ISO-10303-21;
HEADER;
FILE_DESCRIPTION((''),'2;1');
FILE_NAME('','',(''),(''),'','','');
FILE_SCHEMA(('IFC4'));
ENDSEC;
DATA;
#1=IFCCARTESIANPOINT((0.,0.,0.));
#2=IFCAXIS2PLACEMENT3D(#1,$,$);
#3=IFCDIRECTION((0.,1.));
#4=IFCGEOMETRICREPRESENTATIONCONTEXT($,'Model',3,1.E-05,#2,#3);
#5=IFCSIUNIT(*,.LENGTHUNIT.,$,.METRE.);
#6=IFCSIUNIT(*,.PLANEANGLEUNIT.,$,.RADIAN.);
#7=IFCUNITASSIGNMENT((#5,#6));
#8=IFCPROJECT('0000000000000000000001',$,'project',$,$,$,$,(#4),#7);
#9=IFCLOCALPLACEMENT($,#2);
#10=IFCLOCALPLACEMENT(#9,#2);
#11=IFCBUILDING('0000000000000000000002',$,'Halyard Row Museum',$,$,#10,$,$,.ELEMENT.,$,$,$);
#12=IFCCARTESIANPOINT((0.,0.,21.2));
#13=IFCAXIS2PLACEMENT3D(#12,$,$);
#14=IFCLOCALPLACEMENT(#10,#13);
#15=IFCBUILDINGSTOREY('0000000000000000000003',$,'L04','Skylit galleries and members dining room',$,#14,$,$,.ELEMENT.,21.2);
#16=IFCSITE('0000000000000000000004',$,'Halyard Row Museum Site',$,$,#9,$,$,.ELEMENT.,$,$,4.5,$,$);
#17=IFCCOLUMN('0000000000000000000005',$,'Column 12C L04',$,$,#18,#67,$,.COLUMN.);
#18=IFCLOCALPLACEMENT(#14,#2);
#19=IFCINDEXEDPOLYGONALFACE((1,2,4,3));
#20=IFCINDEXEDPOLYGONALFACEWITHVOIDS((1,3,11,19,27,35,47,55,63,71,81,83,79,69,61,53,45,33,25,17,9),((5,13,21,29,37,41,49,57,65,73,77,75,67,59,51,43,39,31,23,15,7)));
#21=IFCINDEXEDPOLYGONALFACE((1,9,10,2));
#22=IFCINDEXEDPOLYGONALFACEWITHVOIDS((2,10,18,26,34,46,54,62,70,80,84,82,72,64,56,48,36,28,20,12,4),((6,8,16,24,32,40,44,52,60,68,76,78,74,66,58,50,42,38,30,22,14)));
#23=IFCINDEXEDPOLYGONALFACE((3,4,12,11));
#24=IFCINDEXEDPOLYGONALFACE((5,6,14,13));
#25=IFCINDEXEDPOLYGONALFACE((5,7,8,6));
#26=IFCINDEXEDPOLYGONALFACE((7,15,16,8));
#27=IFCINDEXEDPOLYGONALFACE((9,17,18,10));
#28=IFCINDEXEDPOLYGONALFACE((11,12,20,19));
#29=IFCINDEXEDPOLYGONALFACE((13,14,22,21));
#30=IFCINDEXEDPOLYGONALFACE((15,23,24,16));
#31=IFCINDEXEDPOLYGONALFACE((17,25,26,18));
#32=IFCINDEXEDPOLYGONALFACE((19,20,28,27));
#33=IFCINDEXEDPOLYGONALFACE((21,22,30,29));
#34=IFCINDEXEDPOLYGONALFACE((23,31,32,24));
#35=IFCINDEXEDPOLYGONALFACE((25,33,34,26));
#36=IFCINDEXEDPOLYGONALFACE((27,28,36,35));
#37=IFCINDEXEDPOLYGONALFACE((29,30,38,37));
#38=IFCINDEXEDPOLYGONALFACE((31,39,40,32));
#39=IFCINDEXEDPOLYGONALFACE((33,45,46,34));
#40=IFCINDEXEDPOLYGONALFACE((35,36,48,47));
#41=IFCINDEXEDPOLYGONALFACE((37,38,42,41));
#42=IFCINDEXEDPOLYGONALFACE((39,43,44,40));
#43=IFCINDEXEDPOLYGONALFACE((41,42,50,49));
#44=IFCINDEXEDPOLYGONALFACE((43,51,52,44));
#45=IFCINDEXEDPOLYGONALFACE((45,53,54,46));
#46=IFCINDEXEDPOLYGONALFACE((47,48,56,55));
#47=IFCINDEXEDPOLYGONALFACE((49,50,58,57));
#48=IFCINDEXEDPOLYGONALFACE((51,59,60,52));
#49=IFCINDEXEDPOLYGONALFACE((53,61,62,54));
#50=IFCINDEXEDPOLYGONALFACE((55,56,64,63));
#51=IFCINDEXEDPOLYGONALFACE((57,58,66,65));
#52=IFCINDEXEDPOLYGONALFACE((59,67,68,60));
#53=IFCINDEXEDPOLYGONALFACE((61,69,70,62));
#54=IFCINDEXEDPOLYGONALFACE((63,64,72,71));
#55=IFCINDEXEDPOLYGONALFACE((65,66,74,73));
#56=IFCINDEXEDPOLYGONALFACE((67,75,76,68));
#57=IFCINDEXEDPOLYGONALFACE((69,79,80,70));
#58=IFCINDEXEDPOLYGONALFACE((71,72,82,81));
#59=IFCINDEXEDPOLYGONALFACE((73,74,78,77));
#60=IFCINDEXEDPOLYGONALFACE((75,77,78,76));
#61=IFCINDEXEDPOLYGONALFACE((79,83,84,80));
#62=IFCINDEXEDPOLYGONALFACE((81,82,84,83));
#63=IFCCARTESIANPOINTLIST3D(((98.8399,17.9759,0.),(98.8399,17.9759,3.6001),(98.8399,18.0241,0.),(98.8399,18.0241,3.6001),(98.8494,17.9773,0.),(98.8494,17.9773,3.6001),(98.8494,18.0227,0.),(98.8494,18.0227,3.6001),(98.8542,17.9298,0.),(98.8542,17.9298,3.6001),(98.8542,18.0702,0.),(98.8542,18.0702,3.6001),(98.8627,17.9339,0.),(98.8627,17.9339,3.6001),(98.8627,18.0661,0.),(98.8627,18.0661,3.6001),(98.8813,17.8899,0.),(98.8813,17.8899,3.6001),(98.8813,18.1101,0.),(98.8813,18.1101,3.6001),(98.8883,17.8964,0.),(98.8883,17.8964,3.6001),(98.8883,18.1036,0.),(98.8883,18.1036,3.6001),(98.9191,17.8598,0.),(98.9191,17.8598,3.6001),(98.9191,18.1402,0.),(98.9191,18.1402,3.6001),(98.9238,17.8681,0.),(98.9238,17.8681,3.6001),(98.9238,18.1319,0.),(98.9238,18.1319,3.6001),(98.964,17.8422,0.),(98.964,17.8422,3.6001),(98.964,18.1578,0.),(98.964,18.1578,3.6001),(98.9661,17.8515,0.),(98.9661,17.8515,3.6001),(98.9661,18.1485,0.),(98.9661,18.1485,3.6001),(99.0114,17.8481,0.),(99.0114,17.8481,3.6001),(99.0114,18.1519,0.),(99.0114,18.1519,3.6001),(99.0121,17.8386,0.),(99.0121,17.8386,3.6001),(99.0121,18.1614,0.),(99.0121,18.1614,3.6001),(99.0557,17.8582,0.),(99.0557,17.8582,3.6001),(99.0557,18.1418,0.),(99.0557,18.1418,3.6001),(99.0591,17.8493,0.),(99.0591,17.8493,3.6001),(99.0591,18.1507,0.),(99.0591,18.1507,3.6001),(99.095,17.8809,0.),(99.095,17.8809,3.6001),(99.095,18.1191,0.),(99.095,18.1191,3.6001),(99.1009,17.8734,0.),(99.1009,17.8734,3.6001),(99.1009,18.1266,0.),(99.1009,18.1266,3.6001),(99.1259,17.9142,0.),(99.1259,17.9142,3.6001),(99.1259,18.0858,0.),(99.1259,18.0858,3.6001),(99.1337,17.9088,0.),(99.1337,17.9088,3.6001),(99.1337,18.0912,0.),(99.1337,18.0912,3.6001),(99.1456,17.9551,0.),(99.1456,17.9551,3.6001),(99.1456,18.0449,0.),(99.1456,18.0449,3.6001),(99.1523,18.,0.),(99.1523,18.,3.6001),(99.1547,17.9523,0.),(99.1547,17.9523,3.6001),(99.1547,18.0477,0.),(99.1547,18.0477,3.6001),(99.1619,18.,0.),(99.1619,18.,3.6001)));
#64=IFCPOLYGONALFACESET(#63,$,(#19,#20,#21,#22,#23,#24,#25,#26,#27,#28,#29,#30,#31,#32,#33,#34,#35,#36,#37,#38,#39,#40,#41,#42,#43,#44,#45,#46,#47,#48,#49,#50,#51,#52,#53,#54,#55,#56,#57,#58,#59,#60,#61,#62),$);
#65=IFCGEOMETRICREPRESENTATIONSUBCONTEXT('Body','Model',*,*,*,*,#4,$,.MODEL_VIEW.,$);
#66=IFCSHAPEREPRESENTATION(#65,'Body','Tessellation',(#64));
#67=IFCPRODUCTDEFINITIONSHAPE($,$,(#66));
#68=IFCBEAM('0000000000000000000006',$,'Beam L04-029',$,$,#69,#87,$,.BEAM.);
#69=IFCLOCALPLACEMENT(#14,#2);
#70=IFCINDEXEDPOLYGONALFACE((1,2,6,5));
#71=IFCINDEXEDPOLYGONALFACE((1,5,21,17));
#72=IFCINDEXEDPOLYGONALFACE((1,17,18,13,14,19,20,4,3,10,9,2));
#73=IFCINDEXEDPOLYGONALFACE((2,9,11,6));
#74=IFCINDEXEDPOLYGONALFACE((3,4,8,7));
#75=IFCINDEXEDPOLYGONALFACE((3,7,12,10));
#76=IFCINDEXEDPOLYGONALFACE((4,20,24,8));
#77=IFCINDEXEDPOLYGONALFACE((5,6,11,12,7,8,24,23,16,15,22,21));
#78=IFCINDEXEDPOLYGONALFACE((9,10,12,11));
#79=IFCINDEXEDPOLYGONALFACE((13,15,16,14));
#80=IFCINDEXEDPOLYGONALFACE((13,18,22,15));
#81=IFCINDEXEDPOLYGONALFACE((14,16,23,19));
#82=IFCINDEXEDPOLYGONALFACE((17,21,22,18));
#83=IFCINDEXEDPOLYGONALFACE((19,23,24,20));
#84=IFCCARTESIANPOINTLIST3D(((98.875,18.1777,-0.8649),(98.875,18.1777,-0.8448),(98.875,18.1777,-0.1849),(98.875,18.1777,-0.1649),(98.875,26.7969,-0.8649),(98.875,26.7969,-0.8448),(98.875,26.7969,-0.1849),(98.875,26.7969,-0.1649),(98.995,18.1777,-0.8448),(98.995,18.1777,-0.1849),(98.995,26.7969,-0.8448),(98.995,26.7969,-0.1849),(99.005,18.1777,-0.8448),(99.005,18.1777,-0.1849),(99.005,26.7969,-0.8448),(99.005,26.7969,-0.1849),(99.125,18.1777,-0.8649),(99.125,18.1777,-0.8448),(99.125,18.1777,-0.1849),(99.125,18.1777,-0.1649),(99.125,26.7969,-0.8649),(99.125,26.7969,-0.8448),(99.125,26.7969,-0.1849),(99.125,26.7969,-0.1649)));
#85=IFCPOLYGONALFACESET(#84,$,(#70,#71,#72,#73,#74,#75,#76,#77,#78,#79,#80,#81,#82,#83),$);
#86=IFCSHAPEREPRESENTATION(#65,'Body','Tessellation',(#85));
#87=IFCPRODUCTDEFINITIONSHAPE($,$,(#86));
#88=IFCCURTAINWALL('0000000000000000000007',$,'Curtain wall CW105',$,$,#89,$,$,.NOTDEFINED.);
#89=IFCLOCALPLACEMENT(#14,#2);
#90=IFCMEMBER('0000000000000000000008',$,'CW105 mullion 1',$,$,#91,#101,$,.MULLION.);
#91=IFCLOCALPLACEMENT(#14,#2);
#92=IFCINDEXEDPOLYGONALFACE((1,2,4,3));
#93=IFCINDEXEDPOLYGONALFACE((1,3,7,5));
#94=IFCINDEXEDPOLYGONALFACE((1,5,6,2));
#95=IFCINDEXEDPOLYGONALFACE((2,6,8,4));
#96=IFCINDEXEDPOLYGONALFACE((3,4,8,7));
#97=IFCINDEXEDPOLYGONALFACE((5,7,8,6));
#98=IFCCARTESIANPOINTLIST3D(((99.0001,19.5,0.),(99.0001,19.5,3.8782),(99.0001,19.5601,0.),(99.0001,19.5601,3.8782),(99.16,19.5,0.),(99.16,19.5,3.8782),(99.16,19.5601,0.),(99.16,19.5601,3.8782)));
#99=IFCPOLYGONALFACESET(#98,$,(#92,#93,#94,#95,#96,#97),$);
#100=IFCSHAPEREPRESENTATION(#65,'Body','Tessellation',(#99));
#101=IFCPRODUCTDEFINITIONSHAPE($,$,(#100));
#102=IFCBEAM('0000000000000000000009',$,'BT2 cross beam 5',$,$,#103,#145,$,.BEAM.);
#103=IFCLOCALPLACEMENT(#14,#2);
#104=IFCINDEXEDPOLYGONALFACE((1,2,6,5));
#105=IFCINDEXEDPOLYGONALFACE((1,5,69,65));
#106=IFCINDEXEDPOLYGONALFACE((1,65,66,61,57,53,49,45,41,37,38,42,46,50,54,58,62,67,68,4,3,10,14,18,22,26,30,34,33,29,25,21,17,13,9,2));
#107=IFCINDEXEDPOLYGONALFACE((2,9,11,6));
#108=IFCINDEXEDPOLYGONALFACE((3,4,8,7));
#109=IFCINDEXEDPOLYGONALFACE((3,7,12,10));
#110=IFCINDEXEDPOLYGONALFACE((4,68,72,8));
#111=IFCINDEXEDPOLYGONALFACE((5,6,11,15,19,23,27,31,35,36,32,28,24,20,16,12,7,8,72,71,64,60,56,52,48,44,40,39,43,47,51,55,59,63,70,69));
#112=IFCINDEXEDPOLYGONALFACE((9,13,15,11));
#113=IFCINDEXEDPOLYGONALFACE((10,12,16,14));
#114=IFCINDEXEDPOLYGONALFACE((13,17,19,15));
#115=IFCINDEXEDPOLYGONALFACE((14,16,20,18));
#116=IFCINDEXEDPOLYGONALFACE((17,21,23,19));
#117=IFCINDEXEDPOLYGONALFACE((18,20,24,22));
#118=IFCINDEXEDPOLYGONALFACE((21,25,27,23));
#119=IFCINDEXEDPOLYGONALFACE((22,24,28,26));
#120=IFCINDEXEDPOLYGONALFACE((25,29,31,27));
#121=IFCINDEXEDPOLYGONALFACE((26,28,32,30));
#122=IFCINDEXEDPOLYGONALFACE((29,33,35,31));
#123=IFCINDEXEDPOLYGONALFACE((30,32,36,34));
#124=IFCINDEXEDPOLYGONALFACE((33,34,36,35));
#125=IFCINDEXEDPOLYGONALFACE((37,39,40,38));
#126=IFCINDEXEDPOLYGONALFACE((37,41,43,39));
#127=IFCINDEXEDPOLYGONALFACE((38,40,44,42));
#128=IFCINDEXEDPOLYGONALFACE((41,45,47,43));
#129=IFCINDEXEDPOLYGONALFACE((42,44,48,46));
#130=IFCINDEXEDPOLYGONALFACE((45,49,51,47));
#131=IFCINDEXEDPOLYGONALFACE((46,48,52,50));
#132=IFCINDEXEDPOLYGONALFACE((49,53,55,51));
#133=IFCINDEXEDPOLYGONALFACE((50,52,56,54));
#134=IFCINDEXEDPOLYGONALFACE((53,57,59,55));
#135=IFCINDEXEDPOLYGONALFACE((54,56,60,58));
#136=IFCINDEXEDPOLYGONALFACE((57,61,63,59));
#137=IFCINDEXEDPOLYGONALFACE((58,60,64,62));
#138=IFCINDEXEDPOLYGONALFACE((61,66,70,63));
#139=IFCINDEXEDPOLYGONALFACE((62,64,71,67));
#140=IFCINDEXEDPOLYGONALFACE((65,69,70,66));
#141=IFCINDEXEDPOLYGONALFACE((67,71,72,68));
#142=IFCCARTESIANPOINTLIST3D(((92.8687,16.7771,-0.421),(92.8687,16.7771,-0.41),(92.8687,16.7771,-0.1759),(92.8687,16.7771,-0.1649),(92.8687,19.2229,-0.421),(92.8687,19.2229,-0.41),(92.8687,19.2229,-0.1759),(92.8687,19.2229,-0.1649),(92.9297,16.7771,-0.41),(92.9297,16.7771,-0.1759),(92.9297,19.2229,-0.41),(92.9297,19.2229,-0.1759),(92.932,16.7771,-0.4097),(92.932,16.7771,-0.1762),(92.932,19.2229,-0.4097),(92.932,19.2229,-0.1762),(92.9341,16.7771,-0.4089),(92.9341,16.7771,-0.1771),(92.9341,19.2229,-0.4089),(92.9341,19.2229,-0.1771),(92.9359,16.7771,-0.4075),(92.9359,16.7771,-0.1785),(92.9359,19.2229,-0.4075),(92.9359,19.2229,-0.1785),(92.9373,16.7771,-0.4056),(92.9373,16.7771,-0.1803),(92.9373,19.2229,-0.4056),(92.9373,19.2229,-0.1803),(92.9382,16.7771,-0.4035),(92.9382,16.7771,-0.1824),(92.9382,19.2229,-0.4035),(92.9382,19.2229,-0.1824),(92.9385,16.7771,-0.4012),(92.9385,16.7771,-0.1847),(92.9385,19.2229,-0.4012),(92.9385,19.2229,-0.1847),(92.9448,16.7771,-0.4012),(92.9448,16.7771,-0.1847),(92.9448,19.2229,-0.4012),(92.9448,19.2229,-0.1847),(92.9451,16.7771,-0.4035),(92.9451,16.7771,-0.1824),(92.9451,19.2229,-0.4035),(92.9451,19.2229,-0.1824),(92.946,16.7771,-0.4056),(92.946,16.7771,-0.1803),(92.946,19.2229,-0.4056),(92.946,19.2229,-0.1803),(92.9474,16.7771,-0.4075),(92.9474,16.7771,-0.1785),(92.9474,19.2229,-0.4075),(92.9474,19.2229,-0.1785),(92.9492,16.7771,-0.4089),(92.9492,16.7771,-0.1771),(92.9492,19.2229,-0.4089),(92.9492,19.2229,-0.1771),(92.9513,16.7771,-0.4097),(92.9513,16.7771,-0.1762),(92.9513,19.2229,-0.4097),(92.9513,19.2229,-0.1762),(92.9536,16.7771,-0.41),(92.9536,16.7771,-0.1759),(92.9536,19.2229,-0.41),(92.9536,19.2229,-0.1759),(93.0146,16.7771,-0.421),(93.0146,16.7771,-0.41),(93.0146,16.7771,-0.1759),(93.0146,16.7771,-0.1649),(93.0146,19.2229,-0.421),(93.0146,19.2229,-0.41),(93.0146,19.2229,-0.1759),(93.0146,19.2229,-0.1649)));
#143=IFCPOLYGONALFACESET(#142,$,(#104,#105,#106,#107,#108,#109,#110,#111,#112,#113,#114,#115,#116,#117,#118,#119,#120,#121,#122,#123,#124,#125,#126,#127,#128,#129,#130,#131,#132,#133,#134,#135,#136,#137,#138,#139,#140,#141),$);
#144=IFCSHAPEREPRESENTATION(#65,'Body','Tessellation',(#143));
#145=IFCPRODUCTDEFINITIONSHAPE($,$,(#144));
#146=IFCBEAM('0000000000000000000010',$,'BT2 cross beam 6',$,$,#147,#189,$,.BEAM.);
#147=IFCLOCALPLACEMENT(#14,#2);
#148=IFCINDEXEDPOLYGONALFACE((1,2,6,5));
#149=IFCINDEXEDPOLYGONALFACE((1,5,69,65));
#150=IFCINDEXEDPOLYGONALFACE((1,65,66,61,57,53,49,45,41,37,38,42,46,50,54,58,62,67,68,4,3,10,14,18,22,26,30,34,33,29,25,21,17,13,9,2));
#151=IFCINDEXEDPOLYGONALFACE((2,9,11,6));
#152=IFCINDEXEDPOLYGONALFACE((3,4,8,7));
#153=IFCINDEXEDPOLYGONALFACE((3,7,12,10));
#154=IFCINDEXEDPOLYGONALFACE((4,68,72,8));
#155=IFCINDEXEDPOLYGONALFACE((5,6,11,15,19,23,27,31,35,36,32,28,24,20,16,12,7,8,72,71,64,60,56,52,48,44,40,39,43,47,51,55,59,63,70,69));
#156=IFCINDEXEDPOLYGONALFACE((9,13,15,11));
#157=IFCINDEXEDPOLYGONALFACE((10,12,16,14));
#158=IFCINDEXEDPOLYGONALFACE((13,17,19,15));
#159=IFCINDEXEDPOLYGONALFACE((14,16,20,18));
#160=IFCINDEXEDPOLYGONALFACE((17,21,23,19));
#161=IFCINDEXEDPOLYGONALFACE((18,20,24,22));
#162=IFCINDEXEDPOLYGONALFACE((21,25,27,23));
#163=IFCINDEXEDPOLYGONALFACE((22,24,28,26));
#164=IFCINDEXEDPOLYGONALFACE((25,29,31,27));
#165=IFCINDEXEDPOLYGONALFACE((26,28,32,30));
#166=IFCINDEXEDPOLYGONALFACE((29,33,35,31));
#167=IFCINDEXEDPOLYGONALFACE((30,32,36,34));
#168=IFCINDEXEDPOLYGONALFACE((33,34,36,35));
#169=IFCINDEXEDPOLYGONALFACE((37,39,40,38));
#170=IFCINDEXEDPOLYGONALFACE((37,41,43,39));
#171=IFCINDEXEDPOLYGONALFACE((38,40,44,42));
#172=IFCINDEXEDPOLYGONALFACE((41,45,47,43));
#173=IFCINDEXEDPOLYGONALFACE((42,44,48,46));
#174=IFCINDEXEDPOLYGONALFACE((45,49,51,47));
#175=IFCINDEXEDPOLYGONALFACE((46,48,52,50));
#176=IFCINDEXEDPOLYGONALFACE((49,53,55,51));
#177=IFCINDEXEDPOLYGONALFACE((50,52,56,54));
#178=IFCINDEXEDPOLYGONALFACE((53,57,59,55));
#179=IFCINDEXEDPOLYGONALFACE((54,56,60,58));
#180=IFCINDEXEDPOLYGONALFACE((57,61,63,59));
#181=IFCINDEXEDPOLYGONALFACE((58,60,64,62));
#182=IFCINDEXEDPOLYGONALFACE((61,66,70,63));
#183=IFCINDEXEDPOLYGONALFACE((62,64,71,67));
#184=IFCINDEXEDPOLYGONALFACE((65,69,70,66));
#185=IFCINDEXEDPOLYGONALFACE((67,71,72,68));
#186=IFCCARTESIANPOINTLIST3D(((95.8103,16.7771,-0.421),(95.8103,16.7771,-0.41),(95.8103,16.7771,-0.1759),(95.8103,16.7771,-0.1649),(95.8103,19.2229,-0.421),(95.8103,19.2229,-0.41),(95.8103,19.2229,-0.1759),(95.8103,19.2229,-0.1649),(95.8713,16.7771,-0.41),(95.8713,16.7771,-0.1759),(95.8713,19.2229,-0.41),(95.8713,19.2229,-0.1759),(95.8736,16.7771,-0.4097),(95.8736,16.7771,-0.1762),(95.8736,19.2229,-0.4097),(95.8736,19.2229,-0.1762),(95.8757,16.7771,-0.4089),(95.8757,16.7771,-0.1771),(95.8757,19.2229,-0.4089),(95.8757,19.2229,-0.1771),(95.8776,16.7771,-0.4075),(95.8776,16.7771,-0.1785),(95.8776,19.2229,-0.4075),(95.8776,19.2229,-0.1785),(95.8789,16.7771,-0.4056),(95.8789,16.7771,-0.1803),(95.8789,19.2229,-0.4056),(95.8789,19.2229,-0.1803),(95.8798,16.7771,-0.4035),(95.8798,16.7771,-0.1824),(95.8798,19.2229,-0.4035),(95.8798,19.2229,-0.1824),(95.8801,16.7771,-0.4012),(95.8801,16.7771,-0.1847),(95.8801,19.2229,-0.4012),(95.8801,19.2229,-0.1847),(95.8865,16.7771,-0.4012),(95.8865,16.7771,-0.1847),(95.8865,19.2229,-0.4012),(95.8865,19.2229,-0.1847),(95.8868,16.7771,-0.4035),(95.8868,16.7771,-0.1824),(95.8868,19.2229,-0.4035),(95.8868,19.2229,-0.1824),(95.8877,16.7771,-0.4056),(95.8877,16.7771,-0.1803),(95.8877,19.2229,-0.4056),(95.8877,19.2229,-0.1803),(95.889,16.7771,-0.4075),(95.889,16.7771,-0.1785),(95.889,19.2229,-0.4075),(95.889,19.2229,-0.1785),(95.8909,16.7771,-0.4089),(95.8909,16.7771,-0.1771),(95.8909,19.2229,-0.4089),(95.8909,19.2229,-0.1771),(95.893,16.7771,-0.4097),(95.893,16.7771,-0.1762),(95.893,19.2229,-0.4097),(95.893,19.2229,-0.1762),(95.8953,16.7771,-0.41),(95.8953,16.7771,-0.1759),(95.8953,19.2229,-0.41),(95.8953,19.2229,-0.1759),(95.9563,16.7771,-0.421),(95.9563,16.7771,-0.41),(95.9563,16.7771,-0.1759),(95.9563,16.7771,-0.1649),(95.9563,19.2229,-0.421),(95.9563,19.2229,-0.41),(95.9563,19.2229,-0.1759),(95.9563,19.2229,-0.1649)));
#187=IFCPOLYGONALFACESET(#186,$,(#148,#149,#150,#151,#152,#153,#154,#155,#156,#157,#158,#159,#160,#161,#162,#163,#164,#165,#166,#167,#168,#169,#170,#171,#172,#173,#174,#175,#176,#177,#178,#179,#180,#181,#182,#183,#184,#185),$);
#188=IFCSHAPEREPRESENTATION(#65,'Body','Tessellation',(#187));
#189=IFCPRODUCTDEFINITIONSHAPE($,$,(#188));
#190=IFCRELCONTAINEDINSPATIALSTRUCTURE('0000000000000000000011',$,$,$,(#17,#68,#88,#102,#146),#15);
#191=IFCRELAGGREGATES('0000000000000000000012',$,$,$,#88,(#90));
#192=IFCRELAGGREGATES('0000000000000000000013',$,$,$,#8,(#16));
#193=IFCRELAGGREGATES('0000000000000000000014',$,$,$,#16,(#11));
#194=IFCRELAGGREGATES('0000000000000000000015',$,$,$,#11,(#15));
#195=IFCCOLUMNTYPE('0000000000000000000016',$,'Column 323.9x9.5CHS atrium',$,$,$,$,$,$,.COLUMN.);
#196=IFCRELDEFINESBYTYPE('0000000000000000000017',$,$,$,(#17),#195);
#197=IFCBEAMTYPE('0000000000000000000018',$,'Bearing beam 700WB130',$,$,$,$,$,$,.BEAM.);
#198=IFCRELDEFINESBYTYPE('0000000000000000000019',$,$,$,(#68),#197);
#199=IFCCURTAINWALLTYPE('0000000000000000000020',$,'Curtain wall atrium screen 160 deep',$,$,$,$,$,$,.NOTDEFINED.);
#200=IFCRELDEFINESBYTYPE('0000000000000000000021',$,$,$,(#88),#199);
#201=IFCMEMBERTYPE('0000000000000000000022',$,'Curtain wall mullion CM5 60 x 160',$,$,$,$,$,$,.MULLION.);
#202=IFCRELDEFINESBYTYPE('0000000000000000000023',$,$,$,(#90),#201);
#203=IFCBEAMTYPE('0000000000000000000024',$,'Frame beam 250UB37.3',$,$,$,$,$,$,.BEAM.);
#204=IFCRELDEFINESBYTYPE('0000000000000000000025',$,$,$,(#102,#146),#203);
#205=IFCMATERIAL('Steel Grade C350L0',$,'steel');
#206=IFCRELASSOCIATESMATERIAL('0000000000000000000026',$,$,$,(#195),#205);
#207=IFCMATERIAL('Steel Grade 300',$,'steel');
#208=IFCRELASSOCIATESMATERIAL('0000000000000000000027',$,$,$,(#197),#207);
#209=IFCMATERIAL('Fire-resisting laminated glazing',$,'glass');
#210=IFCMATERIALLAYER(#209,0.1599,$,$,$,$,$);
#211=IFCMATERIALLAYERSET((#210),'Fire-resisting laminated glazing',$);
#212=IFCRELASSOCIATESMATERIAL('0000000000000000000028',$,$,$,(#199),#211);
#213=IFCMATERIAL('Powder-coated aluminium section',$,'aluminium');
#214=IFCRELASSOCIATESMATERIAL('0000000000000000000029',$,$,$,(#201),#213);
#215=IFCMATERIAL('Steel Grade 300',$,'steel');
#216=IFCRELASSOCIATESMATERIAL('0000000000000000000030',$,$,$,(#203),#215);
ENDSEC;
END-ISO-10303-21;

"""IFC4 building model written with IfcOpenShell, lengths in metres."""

from ifc_helpers import new_model, si_unit, direction, frame, origin, origin_2d, place, context, subcontext, project, spatial, rectangle, hollow_circle, i_section, extrude, material, layer, layer_set, material_profile, profile_set, type_object, element, aggregate, save


model = new_model("IFC4")

# Units and contexts
model_context = context("Model", 3, precision=1e-05, world=origin(), true_north=direction((0.0, 1.0)))
body_context = subcontext(model_context, "Body", "Model", "MODEL_VIEW")
ifc_project = project(units=[si_unit("LENGTHUNIT", "METRE"), si_unit("PLANEANGLEUNIT", "RADIAN")], contexts=[model_context])

# Site, building, storey
site_placement = place(None, origin())
site = spatial("IfcSite", under=ifc_project, at=site_placement, Name="Halyard Row Museum Site", CompositionType="ELEMENT", RefElevation=4.5)
building_placement = place(site_placement, origin())
building = spatial("IfcBuilding", under=site, at=building_placement, Name="Halyard Row Museum", CompositionType="ELEMENT")
storey_placement = place(building_placement, frame((0.0, 0.0, 21.2)))
storey = spatial("IfcBuildingStorey", under=building, at=storey_placement, Name="L04", Description="Skylit galleries and members dining room", CompositionType="ELEMENT", Elevation=21.2)

# Column
ifc_material_1 = material(Name="Steel Grade C350L0", Category="steel")
ifc_material_profile_1 = material_profile(ifc_material_1, hollow_circle(Radius=0.1619, WallThickness=0.0095, at=origin_2d()), Name="323.9x9.5CHS")
ifc_profile_set_1 = profile_set([ifc_material_profile_1], Name="Steel Grade C350L0")
column_type = type_object("IfcColumnType", Name="Column 323.9x9.5CHS atrium", PredefinedType="COLUMN", material=ifc_profile_set_1)
column_placement = place(storey_placement, frame((99.0, 18.0, 0.0), z_axis=(0.0, 0.0, 1.0), x_axis=(1.0, 0.0, 0.0)))
element("IfcColumn", 1, at=column_placement, inside=storey, type_object=column_type, Name="Column 12C L04", PredefinedType="COLUMN", context=body_context, shape_type="SweptSolid", body=[
    extrude(hollow_circle(Radius=0.1619, WallThickness=0.0095, at=origin_2d()), origin(), (0.0, 0.0, 1.0), 3.6001),
])

# Beam
ifc_material_2 = material(Name="Steel Grade 300", Category="steel")
ifc_material_profile_2 = material_profile(ifc_material_2, i_section(OverallWidth=0.25, OverallDepth=0.7, WebThickness=0.01, FlangeThickness=0.02, at=origin_2d()), Name="700WB130")
ifc_profile_set_2 = profile_set([ifc_material_profile_2], Name="Steel Grade 300")
beam_type_1 = type_object("IfcBeamType", Name="Bearing beam 700WB130", PredefinedType="BEAM", material=ifc_profile_set_2)
beam_1_placement = place(storey_placement, frame((99.0, 18.1777, -0.5149), z_axis=(0.0, 1.0, 0.0), x_axis=(-1.0, 0.0, 0.0)))
element("IfcBeam", 2, at=beam_1_placement, inside=storey, type_object=beam_type_1, Name="Beam L04-029", PredefinedType="BEAM", context=body_context, shape_type="SweptSolid", body=[
    extrude(i_section(OverallWidth=0.25, OverallDepth=0.7, WebThickness=0.01, FlangeThickness=0.02, at=origin_2d()), origin(), (0.0, 0.0, 1.0), 8.6191),
])

# Curtain wall, member
ifc_material_3 = material(Name="Fire-resisting laminated glazing", Category="glass")
ifc_layer_1 = layer(ifc_material_3, 0.1599)
ifc_layer_set_1 = layer_set([ifc_layer_1], Name="Fire-resisting laminated glazing")
curtain_wall_type = type_object("IfcCurtainWallType", Name="Curtain wall atrium screen 160 deep", PredefinedType="NOTDEFINED", material=ifc_layer_set_1)
curtain_wall_placement = place(storey_placement, origin())
curtain_wall = element("IfcCurtainWall", 3, at=curtain_wall_placement, inside=storey, type_object=curtain_wall_type, Name="Curtain wall CW105", PredefinedType="NOTDEFINED")
ifc_material_4 = material(Name="Powder-coated aluminium section", Category="aluminium")
ifc_material_profile_3 = material_profile(ifc_material_4, rectangle(XDim=0.1599, YDim=0.0601, at=origin_2d()), Name="160x60 mullion")
ifc_profile_set_3 = profile_set([ifc_material_profile_3], Name="Powder-coated aluminium section")
member_type_1 = type_object("IfcMemberType", Name="Curtain wall mullion CM5 60 x 160", PredefinedType="MULLION", material=ifc_profile_set_3)
member_1_placement = place(storey_placement, frame((99.0801, 19.53, 0.0), z_axis=(0.0, 0.0, 1.0), x_axis=(-1.0, 0.0, 0.0)))
member_1 = element("IfcMember", 4, at=member_1_placement, type_object=member_type_1, Name="CW105 mullion 1", PredefinedType="MULLION", context=body_context, shape_type="SweptSolid", body=[
    extrude(rectangle(XDim=0.1599, YDim=0.0601, at=origin_2d()), origin(), (0.0, 0.0, 1.0), 3.8782),
])
aggregate(curtain_wall, [member_1])

# Beams
ifc_material_5 = material(Name="Steel Grade 300", Category="steel")
ifc_material_profile_4 = material_profile(ifc_material_5, i_section(OverallWidth=0.146, OverallDepth=0.2561, WebThickness=0.0063, FlangeThickness=0.011, FilletRadius=0.0088, at=origin_2d()), Name="250UB37.3")
ifc_profile_set_4 = profile_set([ifc_material_profile_4], Name="Steel Grade 300")
beam_type_2 = type_object("IfcBeamType", Name="Frame beam 250UB37.3", PredefinedType="BEAM", material=ifc_profile_set_4)
for number, where, z_axis, x_axis, name in (
    (5, (92.9417, 16.7771, -0.293), (0.0, 1.0, 0.0), (-1.0, 0.0, 0.0), "BT2 cross beam 5"),
    (6, (95.8833, 16.7771, -0.293), (0.0, 1.0, 0.0), (-1.0, 0.0, 0.0), "BT2 cross beam 6"),
):
    element("IfcBeam", number, at=place(storey_placement, frame(where, z_axis=z_axis, x_axis=x_axis)), inside=storey, type_object=beam_type_2, Name=name, PredefinedType="BEAM", context=body_context, shape_type="SweptSolid", body=[
        extrude(i_section(OverallWidth=0.146, OverallDepth=0.2561, WebThickness=0.0063, FlangeThickness=0.011, FilletRadius=0.0088, at=origin_2d()), origin(), (0.0, 0.0, 1.0), 2.4458),
    ])

save(model, "model.ifc")
